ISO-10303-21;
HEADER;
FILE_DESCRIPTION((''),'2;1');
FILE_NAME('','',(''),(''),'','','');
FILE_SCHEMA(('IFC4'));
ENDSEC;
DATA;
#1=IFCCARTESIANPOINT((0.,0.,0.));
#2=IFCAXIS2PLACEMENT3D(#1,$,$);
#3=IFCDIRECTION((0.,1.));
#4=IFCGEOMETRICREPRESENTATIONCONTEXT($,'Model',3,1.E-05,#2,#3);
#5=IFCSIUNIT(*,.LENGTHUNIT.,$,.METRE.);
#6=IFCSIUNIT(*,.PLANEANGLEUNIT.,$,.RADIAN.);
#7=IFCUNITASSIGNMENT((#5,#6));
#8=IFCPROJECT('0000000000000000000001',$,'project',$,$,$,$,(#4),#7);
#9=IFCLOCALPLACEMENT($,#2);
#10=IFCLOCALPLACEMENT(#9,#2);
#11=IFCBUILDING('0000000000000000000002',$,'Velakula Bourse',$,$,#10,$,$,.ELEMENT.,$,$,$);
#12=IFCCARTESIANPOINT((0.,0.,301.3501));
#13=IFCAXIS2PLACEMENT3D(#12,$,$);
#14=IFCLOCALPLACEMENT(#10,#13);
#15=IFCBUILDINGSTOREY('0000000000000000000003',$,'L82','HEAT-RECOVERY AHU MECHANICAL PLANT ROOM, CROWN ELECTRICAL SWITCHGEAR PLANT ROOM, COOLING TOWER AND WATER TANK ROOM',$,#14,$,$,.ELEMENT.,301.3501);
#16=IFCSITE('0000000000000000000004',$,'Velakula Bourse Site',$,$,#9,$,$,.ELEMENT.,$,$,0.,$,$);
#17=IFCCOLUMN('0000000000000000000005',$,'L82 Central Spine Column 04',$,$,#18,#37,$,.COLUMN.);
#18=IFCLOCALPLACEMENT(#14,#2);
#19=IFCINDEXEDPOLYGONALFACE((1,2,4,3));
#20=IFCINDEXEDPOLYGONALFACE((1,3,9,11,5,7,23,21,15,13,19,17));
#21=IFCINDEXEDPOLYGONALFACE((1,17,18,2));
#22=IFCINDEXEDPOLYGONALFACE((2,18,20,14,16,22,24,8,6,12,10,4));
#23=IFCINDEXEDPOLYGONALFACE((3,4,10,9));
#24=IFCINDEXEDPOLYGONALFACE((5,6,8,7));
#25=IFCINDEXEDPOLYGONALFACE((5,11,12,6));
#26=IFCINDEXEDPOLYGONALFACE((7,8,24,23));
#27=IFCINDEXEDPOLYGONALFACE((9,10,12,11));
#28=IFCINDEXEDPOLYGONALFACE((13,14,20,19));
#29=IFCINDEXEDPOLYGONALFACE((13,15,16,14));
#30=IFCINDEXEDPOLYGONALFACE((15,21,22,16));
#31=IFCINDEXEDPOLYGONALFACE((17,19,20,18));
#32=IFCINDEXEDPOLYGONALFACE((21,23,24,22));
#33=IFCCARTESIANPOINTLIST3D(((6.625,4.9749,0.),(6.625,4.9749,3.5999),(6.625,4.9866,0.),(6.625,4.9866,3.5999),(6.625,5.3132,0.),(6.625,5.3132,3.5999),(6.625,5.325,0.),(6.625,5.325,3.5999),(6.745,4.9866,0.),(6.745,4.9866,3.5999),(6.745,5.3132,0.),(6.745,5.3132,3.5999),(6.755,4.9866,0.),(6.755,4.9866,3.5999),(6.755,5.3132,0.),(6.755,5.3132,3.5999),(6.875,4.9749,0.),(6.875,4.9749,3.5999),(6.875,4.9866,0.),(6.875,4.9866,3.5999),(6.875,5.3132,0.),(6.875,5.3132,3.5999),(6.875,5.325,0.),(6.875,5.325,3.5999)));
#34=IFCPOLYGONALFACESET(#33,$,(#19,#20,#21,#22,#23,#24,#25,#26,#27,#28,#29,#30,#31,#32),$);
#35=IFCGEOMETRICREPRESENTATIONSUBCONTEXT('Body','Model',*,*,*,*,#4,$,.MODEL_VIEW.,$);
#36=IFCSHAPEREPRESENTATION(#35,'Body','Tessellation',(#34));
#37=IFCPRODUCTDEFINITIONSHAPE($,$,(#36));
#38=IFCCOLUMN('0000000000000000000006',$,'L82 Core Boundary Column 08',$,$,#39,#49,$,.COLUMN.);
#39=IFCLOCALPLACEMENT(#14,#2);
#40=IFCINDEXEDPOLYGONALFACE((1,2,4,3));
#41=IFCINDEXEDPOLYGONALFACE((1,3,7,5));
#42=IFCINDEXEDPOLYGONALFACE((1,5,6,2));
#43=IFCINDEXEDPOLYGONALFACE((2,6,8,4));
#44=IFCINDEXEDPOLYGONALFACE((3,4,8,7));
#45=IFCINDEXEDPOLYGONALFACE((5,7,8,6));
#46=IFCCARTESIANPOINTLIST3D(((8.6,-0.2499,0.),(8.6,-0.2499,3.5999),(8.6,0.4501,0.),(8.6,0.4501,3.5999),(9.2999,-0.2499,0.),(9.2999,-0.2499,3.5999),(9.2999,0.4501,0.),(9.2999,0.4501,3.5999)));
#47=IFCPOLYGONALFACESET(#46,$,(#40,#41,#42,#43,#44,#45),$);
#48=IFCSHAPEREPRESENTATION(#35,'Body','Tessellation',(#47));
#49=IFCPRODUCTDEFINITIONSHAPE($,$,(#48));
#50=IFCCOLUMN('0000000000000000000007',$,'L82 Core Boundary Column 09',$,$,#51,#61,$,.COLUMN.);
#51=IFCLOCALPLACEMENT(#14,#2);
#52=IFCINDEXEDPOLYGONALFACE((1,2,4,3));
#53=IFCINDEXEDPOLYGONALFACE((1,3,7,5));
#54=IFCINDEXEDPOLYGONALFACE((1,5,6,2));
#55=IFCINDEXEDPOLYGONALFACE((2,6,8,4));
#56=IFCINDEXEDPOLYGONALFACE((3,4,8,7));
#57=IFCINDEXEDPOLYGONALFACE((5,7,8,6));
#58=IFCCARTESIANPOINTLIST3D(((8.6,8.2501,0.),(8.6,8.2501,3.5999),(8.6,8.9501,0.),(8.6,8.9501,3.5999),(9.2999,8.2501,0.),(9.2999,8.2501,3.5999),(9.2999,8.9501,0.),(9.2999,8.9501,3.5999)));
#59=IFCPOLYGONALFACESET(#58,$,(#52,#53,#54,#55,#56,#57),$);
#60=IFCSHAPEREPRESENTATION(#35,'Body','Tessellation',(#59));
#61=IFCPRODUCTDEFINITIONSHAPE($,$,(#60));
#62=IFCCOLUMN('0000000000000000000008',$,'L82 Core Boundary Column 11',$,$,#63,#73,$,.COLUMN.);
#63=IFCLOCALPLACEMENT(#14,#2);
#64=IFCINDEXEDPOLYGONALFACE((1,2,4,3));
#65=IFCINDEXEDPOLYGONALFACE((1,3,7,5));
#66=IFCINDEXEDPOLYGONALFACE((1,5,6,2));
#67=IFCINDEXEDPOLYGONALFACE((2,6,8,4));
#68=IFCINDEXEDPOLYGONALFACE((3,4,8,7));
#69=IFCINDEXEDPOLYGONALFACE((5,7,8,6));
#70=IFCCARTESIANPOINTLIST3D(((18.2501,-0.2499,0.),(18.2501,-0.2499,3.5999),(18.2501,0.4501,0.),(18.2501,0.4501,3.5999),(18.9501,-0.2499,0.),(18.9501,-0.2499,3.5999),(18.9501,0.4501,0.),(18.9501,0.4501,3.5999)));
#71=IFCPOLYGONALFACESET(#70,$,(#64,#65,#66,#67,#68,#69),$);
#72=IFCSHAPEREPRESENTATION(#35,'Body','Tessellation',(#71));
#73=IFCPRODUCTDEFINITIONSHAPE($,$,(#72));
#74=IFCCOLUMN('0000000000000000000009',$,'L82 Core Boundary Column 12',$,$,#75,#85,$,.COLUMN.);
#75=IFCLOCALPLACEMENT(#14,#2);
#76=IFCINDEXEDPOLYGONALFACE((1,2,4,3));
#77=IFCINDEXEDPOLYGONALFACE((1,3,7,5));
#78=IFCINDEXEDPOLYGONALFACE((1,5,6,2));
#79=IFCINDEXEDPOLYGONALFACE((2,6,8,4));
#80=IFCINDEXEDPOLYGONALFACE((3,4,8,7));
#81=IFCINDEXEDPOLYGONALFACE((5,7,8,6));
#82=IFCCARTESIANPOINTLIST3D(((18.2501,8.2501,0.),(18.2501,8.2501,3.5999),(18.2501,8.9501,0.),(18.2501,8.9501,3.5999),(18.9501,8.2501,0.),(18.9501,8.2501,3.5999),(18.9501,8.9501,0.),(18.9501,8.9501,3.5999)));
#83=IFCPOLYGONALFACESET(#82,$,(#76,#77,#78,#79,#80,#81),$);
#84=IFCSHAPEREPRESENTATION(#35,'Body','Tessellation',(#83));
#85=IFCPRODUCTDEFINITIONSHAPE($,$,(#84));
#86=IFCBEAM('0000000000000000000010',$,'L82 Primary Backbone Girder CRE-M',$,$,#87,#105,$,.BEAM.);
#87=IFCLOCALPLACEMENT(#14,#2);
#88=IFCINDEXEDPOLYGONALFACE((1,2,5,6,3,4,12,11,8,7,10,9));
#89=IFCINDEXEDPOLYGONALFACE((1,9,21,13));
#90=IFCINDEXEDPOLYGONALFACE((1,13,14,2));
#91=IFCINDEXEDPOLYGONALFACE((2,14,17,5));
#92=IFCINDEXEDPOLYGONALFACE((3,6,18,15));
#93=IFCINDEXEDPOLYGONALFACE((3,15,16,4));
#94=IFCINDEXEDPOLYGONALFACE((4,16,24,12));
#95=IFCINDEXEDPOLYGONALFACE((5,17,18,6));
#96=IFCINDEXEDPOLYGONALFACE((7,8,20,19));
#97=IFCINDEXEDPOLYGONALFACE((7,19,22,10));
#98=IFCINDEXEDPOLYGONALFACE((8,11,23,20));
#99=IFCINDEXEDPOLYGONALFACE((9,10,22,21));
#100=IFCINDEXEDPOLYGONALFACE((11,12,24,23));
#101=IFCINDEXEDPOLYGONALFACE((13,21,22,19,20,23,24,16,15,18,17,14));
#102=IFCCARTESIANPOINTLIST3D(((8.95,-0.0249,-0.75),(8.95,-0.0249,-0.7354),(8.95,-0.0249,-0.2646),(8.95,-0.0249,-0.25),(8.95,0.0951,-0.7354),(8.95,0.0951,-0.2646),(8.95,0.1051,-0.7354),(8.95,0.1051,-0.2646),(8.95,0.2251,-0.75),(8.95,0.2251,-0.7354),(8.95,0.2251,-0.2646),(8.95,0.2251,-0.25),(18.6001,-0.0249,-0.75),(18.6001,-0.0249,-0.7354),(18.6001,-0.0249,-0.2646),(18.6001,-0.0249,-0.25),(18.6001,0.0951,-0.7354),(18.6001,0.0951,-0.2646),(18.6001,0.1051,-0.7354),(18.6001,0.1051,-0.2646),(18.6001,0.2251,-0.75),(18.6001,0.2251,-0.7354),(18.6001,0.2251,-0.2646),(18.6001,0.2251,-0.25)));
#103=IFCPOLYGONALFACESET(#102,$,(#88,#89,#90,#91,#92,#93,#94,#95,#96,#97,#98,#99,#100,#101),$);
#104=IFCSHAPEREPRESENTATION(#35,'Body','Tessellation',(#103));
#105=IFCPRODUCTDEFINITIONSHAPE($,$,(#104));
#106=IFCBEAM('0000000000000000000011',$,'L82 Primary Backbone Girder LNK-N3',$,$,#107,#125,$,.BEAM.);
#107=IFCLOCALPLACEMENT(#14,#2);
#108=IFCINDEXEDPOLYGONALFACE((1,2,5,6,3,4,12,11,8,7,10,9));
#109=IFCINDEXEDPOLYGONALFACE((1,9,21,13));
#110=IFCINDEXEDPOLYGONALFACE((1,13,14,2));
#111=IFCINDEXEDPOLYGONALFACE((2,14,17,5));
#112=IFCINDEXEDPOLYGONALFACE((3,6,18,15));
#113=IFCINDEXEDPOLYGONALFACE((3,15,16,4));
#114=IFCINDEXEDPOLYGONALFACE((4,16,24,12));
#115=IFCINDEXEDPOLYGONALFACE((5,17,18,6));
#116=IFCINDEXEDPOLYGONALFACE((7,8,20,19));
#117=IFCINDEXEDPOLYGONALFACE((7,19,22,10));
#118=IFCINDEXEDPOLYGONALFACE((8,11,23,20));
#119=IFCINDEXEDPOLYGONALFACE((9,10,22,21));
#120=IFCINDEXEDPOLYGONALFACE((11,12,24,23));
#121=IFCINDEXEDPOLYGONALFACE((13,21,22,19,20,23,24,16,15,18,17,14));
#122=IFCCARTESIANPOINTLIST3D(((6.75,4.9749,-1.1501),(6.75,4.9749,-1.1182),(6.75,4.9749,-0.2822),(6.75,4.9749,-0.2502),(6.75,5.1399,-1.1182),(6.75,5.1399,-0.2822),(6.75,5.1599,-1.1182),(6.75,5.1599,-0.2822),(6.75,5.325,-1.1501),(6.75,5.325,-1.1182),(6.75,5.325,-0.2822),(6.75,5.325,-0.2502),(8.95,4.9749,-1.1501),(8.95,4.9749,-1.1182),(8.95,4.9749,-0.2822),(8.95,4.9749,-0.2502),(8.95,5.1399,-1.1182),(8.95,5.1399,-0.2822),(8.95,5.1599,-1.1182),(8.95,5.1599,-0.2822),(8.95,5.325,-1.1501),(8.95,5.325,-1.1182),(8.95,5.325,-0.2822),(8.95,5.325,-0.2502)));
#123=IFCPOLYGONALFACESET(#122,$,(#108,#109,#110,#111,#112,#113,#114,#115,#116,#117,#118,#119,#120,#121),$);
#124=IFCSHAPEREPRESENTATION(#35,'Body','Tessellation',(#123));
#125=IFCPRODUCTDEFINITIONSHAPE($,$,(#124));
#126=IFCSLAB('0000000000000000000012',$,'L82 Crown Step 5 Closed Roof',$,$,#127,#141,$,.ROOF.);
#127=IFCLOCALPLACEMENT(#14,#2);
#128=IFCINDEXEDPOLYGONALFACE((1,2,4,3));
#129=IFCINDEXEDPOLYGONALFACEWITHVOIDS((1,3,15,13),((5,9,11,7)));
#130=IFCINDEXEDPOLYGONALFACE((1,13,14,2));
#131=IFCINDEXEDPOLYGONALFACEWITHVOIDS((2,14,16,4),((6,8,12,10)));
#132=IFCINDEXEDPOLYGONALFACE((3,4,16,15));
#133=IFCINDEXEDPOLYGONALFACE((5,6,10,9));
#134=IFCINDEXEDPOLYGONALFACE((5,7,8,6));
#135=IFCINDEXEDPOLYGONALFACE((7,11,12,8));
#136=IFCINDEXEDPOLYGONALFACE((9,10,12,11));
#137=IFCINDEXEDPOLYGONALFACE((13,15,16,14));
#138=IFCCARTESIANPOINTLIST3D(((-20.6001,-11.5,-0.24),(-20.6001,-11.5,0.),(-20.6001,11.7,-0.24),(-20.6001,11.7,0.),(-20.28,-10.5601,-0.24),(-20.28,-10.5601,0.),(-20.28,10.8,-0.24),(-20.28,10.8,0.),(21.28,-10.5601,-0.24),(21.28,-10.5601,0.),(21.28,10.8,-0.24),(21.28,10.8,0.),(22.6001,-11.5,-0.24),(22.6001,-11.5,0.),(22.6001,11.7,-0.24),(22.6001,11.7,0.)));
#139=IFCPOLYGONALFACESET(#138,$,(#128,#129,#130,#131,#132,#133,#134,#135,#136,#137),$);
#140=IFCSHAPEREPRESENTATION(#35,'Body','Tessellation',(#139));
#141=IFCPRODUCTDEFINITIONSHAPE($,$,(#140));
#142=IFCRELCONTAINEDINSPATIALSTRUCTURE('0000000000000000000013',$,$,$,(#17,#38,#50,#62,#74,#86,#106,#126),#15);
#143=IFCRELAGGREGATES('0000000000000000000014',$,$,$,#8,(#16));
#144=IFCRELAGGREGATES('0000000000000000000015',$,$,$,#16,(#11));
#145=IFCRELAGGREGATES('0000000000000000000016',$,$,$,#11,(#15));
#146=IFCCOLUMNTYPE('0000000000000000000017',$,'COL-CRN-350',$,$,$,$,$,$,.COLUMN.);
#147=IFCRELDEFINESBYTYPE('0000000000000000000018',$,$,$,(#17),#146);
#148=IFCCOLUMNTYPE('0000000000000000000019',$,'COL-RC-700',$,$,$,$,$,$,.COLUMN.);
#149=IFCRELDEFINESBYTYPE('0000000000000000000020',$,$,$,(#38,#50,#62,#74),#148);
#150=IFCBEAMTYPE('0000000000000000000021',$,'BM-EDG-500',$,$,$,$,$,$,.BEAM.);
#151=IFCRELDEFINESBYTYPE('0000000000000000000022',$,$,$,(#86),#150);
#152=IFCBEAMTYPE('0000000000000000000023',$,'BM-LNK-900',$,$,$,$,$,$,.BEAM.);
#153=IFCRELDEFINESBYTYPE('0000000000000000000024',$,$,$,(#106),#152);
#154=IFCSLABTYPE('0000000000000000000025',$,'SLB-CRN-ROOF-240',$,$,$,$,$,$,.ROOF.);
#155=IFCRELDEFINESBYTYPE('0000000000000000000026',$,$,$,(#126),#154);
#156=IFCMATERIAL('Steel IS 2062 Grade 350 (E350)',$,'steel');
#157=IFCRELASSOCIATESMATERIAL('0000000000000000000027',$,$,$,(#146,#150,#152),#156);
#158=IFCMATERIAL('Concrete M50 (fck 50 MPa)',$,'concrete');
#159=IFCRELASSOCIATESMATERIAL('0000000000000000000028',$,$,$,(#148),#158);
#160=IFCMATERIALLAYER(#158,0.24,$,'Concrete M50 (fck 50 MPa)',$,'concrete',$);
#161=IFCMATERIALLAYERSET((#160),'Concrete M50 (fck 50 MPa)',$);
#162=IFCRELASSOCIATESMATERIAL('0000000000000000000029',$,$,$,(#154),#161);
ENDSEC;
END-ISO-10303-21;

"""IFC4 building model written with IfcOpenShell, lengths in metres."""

from ifc_helpers import new_model, si_unit, direction, frame, origin, origin_2d, place, context, subcontext, project, spatial, polyline, rectangle, i_section, outline, extrude, material, layer, layer_set, material_profile, profile_set, type_object, element, save


model = new_model("IFC4")

# Units and contexts
model_context = context("Model", 3, precision=1e-05, world=origin(), true_north=direction((0.0, 1.0)))
body_context = subcontext(model_context, "Body", "Model", "MODEL_VIEW")
ifc_project = project(units=[si_unit("LENGTHUNIT", "METRE"), si_unit("PLANEANGLEUNIT", "RADIAN")], contexts=[model_context])

# Site, building, storey
site_placement = place(None, origin())
site = spatial("IfcSite", under=ifc_project, at=site_placement, Name="Velakula Bourse Site", CompositionType="ELEMENT", RefElevation=0.0)
building_placement = place(site_placement, origin())
building = spatial("IfcBuilding", under=site, at=building_placement, Name="Velakula Bourse", CompositionType="ELEMENT")
storey_placement = place(building_placement, frame((0.0, 0.0, 301.3501)))
storey = spatial("IfcBuildingStorey", under=building, at=storey_placement, Name="L82", Description="HEAT-RECOVERY AHU MECHANICAL PLANT ROOM, CROWN ELECTRICAL SWITCHGEAR PLANT ROOM, COOLING TOWER AND WATER TANK ROOM", CompositionType="ELEMENT", Elevation=301.3501)

# Columns
ifc_material_1 = material(Name="Steel IS 2062 Grade 350 (E350)", Category="steel")
ifc_material_profile_1 = material_profile(ifc_material_1, i_section(OverallWidth=0.25, OverallDepth=0.3501, WebThickness=0.01, FlangeThickness=0.0117, at=origin_2d()), Name="Steel IS 2062 Grade 350 (E350)")
ifc_profile_set_1 = profile_set([ifc_material_profile_1], Name="Steel IS 2062 Grade 350 (E350)")
column_type_1 = type_object("IfcColumnType", Name="COL-CRN-350", PredefinedType="COLUMN", material=ifc_profile_set_1)
column_placement = place(storey_placement, frame((6.75, 5.1499, 0.0), z_axis=(0.0, 0.0, 1.0), x_axis=(1.0, 0.0, 0.0)))
element("IfcColumn", 1, at=column_placement, inside=storey, type_object=column_type_1, Name="L82 Central Spine Column 04", PredefinedType="COLUMN", context=body_context, shape_type="SweptSolid", body=[
    extrude(i_section(OverallWidth=0.25, OverallDepth=0.3501, WebThickness=0.01, FlangeThickness=0.0117, at=origin_2d()), origin(), (0.0, 0.0, 1.0), 3.5999),
])
ifc_material_2 = material(Name="Concrete M50 (fck 50 MPa)", Category="concrete")
ifc_material_profile_2 = material_profile(ifc_material_2, rectangle(XDim=0.7, YDim=0.7, at=origin_2d()), Name="Concrete M50 (fck 50 MPa)")
ifc_profile_set_2 = profile_set([ifc_material_profile_2], Name="Concrete M50 (fck 50 MPa)")
column_type_2 = type_object("IfcColumnType", Name="COL-RC-700", PredefinedType="COLUMN", material=ifc_profile_set_2)
for number, where, z_axis, x_axis, name in (
    (2, (8.95, 0.1001, 0.0), (0.0, 0.0, 1.0), (1.0, 0.0, 0.0), "L82 Core Boundary Column 08"),
    (3, (8.95, 8.6001, 0.0), (0.0, 0.0, 1.0), (1.0, 0.0, 0.0), "L82 Core Boundary Column 09"),
    (4, (18.6001, 0.1001, 0.0), (0.0, 0.0, 1.0), (1.0, 0.0, 0.0), "L82 Core Boundary Column 11"),
    (5, (18.6001, 8.6001, 0.0), (0.0, 0.0, 1.0), (1.0, 0.0, 0.0), "L82 Core Boundary Column 12"),
):
    element("IfcColumn", number, at=place(storey_placement, frame(where, z_axis=z_axis, x_axis=x_axis)), inside=storey, type_object=column_type_2, Name=name, PredefinedType="COLUMN", context=body_context, shape_type="SweptSolid", body=[
        extrude(rectangle(XDim=0.7, YDim=0.7, at=origin_2d()), origin(), (0.0, 0.0, 1.0), 3.5999),
    ])

# Beams
ifc_material_profile_3 = material_profile(ifc_material_1, i_section(OverallWidth=0.25, OverallDepth=0.5, WebThickness=0.01, FlangeThickness=0.0146, at=origin_2d()), Name="Steel IS 2062 Grade 350 (E350)")
ifc_profile_set_3 = profile_set([ifc_material_profile_3], Name="Steel IS 2062 Grade 350 (E350)")
beam_type_1 = type_object("IfcBeamType", Name="BM-EDG-500", PredefinedType="BEAM", material=ifc_profile_set_3)
beam_1_placement = place(storey_placement, frame((8.95, 0.1001, -0.5), z_axis=(1.0, 0.0, 0.0), x_axis=(0.0, 1.0, 0.0)))
element("IfcBeam", 6, at=beam_1_placement, inside=storey, type_object=beam_type_1, Name="L82 Primary Backbone Girder CRE-M", PredefinedType="BEAM", context=body_context, shape_type="SweptSolid", body=[
    extrude(i_section(OverallWidth=0.25, OverallDepth=0.5, WebThickness=0.01, FlangeThickness=0.0146, at=origin_2d()), origin(), (0.0, 0.0, 1.0), 9.6501),
])
ifc_material_profile_4 = material_profile(ifc_material_1, i_section(OverallWidth=0.3501, OverallDepth=0.8999, WebThickness=0.02, FlangeThickness=0.032, at=origin_2d()), Name="Steel IS 2062 Grade 350 (E350)")
ifc_profile_set_4 = profile_set([ifc_material_profile_4], Name="Steel IS 2062 Grade 350 (E350)")
beam_type_2 = type_object("IfcBeamType", Name="BM-LNK-900", PredefinedType="BEAM", material=ifc_profile_set_4)
beam_2_placement = place(storey_placement, frame((6.75, 5.1499, -0.7002), z_axis=(1.0, 0.0, 0.0), x_axis=(0.0, 1.0, 0.0)))
element("IfcBeam", 7, at=beam_2_placement, inside=storey, type_object=beam_type_2, Name="L82 Primary Backbone Girder LNK-N3", PredefinedType="BEAM", context=body_context, shape_type="SweptSolid", body=[
    extrude(i_section(OverallWidth=0.3501, OverallDepth=0.8999, WebThickness=0.02, FlangeThickness=0.032, at=origin_2d()), origin(), (0.0, 0.0, 1.0), 2.2),
])

# Slab
ifc_layer_1 = layer(ifc_material_2, 0.24, Name="Concrete M50 (fck 50 MPa)", Category="concrete")
ifc_layer_set_1 = layer_set([ifc_layer_1], Name="Concrete M50 (fck 50 MPa)")
slab_type_1 = type_object("IfcSlabType", Name="SLB-CRN-ROOF-240", PredefinedType="ROOF", material=ifc_layer_set_1)
slab_1_placement = place(storey_placement, frame((0.0, 0.0, -0.24)))
element("IfcSlab", 8, at=slab_1_placement, inside=storey, type_object=slab_type_1, Name="L82 Crown Step 5 Closed Roof", PredefinedType="ROOF", context=body_context, shape_type="SweptSolid", body=[
    extrude(outline(polyline([(-20.6001, 11.7), (22.6001, 11.7), (22.6001, -11.5), (-20.6001, -11.5), (-20.6001, 11.7)]), holes=[polyline([(21.28, -10.5601), (21.28, 10.8), (-20.28, 10.8), (-20.28, -10.5601), (21.28, -10.5601)])]), origin(), (0.0, 0.0, 1.0), 0.24),
])

save(model, "model.ifc")
